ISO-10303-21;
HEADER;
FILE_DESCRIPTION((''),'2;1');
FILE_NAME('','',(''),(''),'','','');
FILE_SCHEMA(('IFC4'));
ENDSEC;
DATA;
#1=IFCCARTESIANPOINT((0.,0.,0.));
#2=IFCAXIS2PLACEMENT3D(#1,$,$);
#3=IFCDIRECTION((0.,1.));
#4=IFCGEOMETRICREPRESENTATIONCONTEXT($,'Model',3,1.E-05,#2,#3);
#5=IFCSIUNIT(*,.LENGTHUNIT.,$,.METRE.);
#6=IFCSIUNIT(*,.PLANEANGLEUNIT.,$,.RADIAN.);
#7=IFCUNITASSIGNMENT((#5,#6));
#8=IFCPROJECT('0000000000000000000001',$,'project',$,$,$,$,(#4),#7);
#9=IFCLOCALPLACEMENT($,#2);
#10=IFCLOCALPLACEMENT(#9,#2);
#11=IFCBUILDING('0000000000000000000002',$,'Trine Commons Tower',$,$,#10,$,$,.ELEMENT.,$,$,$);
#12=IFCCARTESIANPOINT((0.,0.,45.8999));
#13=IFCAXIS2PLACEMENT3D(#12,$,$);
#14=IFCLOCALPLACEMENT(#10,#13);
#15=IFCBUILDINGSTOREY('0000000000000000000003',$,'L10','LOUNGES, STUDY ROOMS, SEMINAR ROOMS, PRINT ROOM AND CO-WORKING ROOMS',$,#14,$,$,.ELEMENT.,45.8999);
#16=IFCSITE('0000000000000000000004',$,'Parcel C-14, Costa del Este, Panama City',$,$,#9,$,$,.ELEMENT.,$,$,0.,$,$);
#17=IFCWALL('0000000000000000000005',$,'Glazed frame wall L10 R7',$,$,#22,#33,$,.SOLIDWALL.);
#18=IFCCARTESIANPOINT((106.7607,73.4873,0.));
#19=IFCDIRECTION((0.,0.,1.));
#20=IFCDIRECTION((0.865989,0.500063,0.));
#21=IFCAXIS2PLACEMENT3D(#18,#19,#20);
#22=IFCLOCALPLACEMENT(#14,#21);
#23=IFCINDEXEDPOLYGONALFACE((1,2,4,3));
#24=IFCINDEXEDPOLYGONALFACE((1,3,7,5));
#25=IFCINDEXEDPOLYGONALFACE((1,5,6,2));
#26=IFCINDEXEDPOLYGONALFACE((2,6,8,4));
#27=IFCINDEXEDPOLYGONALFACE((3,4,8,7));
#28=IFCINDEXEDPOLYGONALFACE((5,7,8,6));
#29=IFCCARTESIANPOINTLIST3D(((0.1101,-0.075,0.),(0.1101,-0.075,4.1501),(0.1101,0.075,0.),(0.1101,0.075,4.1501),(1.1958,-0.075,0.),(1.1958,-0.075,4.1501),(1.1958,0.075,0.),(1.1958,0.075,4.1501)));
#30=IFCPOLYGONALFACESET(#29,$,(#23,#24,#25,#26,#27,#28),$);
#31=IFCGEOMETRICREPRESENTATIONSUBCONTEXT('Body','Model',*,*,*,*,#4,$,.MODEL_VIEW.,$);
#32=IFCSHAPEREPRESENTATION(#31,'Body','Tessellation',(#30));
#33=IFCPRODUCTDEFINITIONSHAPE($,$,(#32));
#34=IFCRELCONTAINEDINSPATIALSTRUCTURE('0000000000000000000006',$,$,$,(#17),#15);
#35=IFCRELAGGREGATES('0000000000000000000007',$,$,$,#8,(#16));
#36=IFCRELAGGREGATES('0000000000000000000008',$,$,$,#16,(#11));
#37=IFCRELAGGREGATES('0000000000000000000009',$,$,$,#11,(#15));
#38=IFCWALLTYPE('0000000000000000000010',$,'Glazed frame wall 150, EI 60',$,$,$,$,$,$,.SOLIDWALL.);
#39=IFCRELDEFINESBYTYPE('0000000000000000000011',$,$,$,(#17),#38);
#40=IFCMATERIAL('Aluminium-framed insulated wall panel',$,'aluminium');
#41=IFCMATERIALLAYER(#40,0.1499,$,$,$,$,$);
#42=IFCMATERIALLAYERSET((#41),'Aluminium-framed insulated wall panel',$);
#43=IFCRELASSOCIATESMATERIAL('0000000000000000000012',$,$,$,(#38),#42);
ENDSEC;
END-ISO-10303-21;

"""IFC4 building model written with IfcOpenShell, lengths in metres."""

from ifc_helpers import new_model, si_unit, direction, frame, origin, place, context, subcontext, project, spatial, polyline, outline, extrude, material, layer, layer_set, type_object, element, save


model = new_model("IFC4")

# Units and contexts
model_context = context("Model", 3, precision=1e-05, world=origin(), true_north=direction((0.0, 1.0)))
body_context = subcontext(model_context, "Body", "Model", "MODEL_VIEW")
ifc_project = project(units=[si_unit("LENGTHUNIT", "METRE"), si_unit("PLANEANGLEUNIT", "RADIAN")], contexts=[model_context])

# Site, building, storey
site_placement = place(None, origin())
site = spatial("IfcSite", under=ifc_project, at=site_placement, Name="Parcel C-14, Costa del Este, Panama City", CompositionType="ELEMENT", RefElevation=0.0)
building_placement = place(site_placement, origin())
building = spatial("IfcBuilding", under=site, at=building_placement, Name="Trine Commons Tower", CompositionType="ELEMENT")
storey_placement = place(building_placement, frame((0.0, 0.0, 45.8999)))
storey = spatial("IfcBuildingStorey", under=building, at=storey_placement, Name="L10", Description="LOUNGES, STUDY ROOMS, SEMINAR ROOMS, PRINT ROOM AND CO-WORKING ROOMS", CompositionType="ELEMENT", Elevation=45.8999)

# Wall
ifc_material_1 = material(Name="Aluminium-framed insulated wall panel", Category="aluminium")
ifc_layer_1 = layer(ifc_material_1, 0.1499)
ifc_layer_set_1 = layer_set([ifc_layer_1], Name="Aluminium-framed insulated wall panel")
wall_type_1 = type_object("IfcWallType", Name="Glazed frame wall 150, EI 60", PredefinedType="SOLIDWALL", material=ifc_layer_set_1)
wall_1_placement = place(storey_placement, frame((106.7607, 73.4873, 0.0), z_axis=(0.0, 0.0, 1.0), x_axis=(0.865989, 0.500063, 0.0)))
element("IfcWall", 1, at=wall_1_placement, inside=storey, type_object=wall_type_1, Name="Glazed frame wall L10 R7", PredefinedType="SOLIDWALL", context=body_context, shape_type="SweptSolid", body=[
    extrude(outline(polyline([(0.1101, 0.075), (0.1101, -0.075), (1.1958, -0.075), (1.1958, 0.075), (0.1101, 0.075)])), origin(), (0.0, 0.0, 1.0), 4.1501),
])

save(model, "model.ifc")
